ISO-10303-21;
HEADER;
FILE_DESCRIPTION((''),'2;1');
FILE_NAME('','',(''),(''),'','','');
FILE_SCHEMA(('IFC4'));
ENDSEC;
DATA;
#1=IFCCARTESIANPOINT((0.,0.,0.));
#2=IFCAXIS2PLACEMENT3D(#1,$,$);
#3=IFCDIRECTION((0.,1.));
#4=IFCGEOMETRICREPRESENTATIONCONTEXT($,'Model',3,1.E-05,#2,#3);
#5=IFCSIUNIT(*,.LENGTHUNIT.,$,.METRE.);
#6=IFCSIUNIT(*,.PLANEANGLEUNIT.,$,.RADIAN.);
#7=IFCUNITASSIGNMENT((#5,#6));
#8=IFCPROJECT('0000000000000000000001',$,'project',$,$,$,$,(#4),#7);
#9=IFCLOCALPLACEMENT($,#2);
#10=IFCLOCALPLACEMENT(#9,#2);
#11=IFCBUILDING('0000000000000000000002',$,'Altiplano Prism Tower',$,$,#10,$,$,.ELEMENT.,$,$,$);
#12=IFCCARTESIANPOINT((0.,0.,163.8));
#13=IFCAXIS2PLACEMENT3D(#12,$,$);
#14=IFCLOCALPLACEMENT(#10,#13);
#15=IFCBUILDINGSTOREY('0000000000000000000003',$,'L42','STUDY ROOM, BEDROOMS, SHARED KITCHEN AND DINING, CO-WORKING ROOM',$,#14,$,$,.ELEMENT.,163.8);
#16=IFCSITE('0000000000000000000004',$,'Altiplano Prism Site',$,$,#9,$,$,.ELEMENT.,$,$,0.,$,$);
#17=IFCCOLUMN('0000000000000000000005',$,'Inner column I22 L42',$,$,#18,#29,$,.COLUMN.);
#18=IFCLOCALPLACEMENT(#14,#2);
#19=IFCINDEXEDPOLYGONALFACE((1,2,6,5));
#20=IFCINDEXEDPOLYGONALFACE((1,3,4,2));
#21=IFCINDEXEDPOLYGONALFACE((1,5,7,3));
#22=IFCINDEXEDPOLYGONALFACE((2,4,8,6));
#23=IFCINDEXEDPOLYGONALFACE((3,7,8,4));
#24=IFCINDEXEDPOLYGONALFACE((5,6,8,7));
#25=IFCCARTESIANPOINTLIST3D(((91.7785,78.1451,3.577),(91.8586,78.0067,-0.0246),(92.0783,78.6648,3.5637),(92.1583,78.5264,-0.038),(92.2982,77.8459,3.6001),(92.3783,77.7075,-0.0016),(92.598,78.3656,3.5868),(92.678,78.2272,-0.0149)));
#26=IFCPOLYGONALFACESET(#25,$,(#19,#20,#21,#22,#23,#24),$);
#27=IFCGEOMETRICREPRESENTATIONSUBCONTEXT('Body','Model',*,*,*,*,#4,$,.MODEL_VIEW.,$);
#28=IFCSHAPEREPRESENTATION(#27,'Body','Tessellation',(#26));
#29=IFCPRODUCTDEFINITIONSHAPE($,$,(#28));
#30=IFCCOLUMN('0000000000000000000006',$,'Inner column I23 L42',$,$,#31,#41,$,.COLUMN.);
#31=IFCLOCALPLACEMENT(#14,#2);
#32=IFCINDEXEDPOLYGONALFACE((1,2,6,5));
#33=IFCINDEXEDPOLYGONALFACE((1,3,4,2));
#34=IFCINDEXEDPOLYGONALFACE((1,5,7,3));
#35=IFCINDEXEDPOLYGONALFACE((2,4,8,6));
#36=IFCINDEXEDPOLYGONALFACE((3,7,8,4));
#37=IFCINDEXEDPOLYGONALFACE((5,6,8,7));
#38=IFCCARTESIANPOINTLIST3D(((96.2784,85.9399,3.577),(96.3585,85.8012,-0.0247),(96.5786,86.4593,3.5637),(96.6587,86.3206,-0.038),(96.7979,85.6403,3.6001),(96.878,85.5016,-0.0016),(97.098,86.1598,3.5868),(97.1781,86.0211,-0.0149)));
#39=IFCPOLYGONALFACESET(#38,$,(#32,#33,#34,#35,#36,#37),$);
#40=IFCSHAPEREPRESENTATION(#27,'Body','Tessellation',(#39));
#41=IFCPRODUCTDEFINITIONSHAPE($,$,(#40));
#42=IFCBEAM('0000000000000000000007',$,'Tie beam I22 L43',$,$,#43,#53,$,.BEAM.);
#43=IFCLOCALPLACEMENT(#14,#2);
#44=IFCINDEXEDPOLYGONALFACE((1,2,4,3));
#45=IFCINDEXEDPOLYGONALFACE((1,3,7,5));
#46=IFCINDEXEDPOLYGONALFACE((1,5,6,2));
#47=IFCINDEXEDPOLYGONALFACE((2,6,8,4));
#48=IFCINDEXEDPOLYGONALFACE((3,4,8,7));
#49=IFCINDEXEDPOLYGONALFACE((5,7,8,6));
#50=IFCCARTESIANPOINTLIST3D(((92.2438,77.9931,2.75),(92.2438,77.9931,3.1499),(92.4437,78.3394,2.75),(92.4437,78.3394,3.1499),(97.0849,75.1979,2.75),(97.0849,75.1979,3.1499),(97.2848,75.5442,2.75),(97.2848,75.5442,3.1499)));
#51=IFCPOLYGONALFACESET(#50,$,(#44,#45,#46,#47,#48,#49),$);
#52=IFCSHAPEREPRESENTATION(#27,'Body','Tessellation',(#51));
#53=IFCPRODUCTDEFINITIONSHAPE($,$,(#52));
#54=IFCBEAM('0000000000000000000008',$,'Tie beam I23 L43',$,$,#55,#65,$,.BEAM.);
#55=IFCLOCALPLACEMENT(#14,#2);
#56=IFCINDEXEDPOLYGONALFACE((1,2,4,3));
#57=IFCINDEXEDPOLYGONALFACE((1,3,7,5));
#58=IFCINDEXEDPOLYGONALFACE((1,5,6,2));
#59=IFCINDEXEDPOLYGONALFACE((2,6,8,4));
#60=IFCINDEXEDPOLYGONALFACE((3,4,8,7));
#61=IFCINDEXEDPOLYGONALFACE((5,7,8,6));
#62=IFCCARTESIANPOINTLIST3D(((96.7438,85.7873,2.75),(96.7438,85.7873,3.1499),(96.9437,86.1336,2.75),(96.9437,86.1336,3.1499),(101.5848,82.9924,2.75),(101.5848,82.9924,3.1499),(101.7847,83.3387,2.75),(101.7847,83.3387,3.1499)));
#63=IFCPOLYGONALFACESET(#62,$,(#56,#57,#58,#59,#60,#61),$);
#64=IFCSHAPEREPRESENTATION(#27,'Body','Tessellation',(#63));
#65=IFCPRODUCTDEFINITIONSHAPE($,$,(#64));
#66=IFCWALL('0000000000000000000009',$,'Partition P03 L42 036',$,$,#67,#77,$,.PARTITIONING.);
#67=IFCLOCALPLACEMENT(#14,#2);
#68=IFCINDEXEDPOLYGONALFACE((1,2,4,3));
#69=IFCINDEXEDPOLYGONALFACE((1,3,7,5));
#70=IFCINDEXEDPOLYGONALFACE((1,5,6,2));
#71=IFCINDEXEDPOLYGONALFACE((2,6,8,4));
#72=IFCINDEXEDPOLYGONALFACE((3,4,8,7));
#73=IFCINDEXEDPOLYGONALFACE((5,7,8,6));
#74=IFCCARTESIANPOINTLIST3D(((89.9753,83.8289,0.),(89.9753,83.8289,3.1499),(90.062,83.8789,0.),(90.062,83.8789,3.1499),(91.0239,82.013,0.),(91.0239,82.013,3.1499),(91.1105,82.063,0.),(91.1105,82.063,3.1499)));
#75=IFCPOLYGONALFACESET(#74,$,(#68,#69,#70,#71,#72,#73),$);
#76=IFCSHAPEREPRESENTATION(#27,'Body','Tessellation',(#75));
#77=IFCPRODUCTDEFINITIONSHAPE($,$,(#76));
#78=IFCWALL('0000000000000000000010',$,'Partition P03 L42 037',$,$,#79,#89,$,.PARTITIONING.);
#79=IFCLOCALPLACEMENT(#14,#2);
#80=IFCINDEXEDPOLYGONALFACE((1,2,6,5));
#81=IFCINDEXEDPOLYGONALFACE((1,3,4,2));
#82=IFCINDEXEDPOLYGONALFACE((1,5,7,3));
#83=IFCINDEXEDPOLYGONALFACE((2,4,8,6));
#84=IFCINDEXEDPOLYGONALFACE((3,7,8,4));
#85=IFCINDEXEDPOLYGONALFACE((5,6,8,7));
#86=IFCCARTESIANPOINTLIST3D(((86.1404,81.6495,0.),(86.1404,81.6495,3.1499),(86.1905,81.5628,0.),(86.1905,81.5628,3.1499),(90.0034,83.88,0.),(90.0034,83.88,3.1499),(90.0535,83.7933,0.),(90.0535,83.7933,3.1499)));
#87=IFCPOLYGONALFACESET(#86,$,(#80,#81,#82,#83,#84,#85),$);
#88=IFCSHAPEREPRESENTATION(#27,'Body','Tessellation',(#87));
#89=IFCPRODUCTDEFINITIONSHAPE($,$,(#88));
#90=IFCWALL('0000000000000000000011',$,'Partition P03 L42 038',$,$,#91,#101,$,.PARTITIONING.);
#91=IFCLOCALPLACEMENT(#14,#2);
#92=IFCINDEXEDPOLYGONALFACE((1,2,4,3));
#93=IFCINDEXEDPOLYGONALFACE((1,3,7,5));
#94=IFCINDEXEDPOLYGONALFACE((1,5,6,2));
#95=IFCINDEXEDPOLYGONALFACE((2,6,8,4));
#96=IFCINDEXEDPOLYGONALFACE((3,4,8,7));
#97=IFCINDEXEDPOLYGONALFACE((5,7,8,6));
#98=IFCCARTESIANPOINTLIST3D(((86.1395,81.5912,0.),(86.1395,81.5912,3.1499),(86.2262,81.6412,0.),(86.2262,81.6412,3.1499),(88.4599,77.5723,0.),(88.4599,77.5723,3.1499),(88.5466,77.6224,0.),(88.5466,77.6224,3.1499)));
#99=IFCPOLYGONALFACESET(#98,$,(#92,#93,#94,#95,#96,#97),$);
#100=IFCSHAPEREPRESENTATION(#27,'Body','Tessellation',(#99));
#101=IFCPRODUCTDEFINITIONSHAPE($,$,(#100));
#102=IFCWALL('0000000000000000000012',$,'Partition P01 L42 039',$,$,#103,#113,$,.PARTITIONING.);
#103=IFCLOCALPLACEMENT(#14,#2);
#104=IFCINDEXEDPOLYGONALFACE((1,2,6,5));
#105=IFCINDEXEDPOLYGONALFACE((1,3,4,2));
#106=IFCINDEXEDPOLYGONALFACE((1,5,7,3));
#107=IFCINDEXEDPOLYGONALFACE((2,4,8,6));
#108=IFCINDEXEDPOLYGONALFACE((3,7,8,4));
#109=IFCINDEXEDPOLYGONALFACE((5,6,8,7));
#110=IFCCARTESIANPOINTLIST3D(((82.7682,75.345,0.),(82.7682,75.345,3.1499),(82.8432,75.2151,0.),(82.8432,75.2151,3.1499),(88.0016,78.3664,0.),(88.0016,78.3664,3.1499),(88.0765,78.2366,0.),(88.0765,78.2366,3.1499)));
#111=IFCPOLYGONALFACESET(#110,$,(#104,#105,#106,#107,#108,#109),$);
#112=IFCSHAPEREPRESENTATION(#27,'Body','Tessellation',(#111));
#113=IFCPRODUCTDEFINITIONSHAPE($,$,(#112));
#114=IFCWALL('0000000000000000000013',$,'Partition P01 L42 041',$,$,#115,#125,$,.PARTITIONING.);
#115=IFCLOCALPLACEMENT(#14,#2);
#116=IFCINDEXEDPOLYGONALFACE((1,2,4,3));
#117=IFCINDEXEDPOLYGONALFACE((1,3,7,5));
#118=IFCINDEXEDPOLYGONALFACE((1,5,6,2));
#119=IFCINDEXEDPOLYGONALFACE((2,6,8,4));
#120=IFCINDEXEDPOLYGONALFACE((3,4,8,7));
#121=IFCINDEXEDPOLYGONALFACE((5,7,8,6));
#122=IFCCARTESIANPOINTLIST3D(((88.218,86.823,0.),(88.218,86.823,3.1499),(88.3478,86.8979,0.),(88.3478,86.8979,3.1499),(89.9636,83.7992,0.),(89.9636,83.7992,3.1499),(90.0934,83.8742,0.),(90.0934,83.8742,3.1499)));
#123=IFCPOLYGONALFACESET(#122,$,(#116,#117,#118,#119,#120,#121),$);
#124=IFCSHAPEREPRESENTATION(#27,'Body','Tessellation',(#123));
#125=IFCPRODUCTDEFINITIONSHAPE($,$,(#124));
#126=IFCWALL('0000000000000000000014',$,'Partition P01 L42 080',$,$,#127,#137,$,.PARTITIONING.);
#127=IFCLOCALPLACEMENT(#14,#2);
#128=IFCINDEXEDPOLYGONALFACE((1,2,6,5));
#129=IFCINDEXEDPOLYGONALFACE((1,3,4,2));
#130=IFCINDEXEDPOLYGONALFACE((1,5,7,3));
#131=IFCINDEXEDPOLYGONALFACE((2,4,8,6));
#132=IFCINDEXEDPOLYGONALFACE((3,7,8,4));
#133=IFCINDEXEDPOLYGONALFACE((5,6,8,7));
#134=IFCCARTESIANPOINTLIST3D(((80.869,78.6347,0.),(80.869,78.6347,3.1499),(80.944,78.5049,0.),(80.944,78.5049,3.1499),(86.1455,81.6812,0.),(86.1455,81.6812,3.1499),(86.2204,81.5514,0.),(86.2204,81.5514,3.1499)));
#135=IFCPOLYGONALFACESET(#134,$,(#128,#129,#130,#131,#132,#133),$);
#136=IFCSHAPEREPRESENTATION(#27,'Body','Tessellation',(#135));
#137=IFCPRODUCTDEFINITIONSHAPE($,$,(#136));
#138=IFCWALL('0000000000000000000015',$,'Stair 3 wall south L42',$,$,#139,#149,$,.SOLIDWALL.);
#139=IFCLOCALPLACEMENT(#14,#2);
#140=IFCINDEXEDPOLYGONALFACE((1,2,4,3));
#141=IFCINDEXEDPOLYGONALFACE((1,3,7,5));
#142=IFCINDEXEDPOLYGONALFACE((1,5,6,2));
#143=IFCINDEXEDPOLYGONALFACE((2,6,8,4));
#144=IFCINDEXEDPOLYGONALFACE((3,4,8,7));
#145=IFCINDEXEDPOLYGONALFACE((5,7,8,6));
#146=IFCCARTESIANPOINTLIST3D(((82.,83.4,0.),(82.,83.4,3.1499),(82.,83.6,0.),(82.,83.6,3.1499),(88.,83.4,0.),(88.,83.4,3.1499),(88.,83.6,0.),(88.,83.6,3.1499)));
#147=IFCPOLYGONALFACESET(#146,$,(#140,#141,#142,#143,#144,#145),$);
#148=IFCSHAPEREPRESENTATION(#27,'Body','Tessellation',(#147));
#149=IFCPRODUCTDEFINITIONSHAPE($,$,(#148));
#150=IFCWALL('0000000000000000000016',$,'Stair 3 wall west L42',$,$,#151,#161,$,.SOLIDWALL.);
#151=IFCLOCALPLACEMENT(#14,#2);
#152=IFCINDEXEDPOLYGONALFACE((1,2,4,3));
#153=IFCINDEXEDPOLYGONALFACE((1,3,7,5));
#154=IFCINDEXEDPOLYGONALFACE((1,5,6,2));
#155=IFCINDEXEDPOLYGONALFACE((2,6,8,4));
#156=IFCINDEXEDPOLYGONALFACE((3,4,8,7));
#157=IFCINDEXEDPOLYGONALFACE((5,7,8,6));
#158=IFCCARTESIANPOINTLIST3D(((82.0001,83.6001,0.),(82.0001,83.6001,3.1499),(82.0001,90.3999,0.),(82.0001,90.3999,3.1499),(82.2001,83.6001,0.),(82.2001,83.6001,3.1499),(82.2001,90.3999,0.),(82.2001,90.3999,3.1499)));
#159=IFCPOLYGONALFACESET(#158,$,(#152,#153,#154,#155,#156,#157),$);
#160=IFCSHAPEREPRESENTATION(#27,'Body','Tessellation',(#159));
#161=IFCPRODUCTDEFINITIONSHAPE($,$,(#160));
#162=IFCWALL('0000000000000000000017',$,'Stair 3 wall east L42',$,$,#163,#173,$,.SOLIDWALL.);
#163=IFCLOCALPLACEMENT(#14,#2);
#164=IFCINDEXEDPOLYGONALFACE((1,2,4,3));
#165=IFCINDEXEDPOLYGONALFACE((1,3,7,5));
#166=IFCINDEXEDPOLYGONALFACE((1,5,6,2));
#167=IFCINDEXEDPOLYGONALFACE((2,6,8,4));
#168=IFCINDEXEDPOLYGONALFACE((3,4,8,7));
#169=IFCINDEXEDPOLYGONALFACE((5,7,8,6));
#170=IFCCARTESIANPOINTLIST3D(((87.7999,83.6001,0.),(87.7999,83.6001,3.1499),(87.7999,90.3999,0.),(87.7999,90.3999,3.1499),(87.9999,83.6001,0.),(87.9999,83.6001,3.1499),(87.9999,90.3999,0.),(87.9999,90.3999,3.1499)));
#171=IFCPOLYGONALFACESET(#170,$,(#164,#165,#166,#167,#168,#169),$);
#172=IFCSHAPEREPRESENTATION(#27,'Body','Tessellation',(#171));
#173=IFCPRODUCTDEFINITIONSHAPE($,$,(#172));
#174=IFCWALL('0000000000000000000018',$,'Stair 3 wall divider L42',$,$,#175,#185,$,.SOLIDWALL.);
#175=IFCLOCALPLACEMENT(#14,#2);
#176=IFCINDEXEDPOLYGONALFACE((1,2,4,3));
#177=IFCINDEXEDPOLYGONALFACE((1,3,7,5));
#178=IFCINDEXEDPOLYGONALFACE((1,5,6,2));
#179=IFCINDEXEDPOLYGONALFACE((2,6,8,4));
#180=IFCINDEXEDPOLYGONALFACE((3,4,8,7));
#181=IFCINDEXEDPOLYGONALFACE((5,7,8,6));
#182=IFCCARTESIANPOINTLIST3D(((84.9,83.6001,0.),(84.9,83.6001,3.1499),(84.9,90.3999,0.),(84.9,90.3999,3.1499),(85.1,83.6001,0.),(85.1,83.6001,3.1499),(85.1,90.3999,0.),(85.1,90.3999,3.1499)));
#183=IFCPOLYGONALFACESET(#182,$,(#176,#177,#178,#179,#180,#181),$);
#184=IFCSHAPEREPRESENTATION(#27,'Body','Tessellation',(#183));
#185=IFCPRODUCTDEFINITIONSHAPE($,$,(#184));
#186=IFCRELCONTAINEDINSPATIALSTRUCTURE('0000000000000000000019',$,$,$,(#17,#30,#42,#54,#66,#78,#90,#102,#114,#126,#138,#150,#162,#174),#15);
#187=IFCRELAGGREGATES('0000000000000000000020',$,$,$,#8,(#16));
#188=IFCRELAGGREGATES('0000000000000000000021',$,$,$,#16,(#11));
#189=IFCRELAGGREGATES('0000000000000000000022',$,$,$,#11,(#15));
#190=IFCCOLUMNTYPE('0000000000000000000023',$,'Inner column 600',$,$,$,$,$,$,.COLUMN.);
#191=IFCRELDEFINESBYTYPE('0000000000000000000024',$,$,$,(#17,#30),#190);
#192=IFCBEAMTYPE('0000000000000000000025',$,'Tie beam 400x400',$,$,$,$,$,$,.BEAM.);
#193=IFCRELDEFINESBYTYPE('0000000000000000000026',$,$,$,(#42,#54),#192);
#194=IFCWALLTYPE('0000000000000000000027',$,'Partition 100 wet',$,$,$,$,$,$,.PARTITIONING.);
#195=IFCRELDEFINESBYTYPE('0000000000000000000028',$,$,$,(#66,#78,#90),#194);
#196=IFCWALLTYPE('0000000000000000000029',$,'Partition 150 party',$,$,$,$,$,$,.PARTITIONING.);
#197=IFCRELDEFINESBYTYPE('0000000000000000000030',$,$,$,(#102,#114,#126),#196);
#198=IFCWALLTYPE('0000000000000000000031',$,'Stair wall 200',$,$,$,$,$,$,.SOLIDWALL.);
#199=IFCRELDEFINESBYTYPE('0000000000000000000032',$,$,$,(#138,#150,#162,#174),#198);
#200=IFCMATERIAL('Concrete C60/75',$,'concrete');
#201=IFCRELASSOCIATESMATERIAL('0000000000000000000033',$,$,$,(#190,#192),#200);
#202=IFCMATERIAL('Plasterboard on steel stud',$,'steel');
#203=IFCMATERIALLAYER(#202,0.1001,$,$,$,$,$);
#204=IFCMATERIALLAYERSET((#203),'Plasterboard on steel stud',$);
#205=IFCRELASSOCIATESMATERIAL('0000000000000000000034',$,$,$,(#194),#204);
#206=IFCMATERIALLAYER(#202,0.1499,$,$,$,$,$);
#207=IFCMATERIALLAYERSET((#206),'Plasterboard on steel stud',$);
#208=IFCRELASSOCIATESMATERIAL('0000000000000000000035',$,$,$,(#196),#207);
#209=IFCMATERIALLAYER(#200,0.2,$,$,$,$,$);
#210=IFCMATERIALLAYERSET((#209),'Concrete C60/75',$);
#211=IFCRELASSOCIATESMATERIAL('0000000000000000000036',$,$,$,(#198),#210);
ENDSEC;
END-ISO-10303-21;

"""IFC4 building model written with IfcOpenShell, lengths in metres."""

from ifc_helpers import new_model, si_unit, direction, frame, frame_2d, origin, origin_2d, place, context, subcontext, project, spatial, rectangle, extrude, material, layer, layer_set, material_profile, profile_set, type_object, element, save


model = new_model("IFC4")

# Units and contexts
model_context = context("Model", 3, precision=1e-05, world=origin(), true_north=direction((0.0, 1.0)))
body_context = subcontext(model_context, "Body", "Model", "MODEL_VIEW")
ifc_project = project(units=[si_unit("LENGTHUNIT", "METRE"), si_unit("PLANEANGLEUNIT", "RADIAN")], contexts=[model_context])

# Site, building, storey
site_placement = place(None, origin())
site = spatial("IfcSite", under=ifc_project, at=site_placement, Name="Altiplano Prism Site", CompositionType="ELEMENT", RefElevation=0.0)
building_placement = place(site_placement, origin())
building = spatial("IfcBuilding", under=site, at=building_placement, Name="Altiplano Prism Tower", CompositionType="ELEMENT")
storey_placement = place(building_placement, frame((0.0, 0.0, 163.8)))
storey = spatial("IfcBuildingStorey", under=building, at=storey_placement, Name="L42", Description="STUDY ROOM, BEDROOMS, SHARED KITCHEN AND DINING, CO-WORKING ROOM", CompositionType="ELEMENT", Elevation=163.8)

# Columns
ifc_material_1 = material(Name="Concrete C60/75", Category="concrete")
ifc_material_profile_1 = material_profile(ifc_material_1, rectangle(XDim=0.6001, YDim=0.6001, at=origin_2d()), Name="Inner column 600")
ifc_profile_set_1 = profile_set([ifc_material_profile_1], Name="Concrete C60/75")
column_type = type_object("IfcColumnType", Name="Inner column 600", PredefinedType="COLUMN", material=ifc_profile_set_1)
for number, where, z_axis, x_axis, name in (
    (1, (92.2683, 78.1169, -0.0198), (-0.022212, 0.038398, 0.999016), (-0.499513, -0.866023, 0.02218), "Inner column I22 L42"),
    (2, (96.7683, 85.9111, -0.0198), (-0.022212, 0.038465, 0.999013), (-0.500179, -0.865637, 0.022209), "Inner column I23 L42"),
):
    element("IfcColumn", number, at=place(storey_placement, frame(where, z_axis=z_axis, x_axis=x_axis)), inside=storey, type_object=column_type, Name=name, PredefinedType="COLUMN", context=body_context, shape_type="SweptSolid", body=[
        extrude(rectangle(XDim=0.6001, YDim=0.6001, at=origin_2d()), origin(), (0.0, 0.0, 1.0), 3.6052),
    ])

# Beams
ifc_material_profile_2 = material_profile(ifc_material_1, rectangle(XDim=0.3999, YDim=0.3999, at=origin_2d()), Name="Tie beam 400x400")
ifc_profile_set_2 = profile_set([ifc_material_profile_2], Name="Concrete C60/75")
beam_type = type_object("IfcBeamType", Name="Tie beam 400x400", PredefinedType="BEAM", material=ifc_profile_set_2)
beam_1_placement = place(storey_placement, frame((92.3438, 78.1663, 2.95), z_axis=(0.866012, -0.500024, 0.0), x_axis=(0.500024, 0.866012, 0.0)))
element("IfcBeam", 3, at=beam_1_placement, inside=storey, type_object=beam_type, Name="Tie beam I22 L43", PredefinedType="BEAM", context=body_context, shape_type="SweptSolid", body=[
    extrude(rectangle(XDim=0.3999, YDim=0.3999, at=origin_2d()), origin(), (0.0, 0.0, 1.0), 5.5901),
])
beam_2_placement = place(storey_placement, frame((96.8438, 85.9604, 2.95), z_axis=(0.866031, -0.499991, 0.0), x_axis=(0.499991, 0.866031, 0.0)))
element("IfcBeam", 4, at=beam_2_placement, inside=storey, type_object=beam_type, Name="Tie beam I23 L43", PredefinedType="BEAM", context=body_context, shape_type="SweptSolid", body=[
    extrude(rectangle(XDim=0.3999, YDim=0.3999, at=origin_2d()), origin(), (0.0, 0.0, 1.0), 5.5898),
])

# Walls
ifc_material_2 = material(Name="Plasterboard on steel stud", Category="steel")
ifc_layer_1 = layer(ifc_material_2, 0.1001)
ifc_layer_set_1 = layer_set([ifc_layer_1], Name="Plasterboard on steel stud")
wall_type_1 = type_object("IfcWallType", Name="Partition 100 wet", PredefinedType="PARTITIONING", material=ifc_layer_set_1)
wall_1_placement = place(storey_placement, frame((91.0671, 82.0381, 0.0), z_axis=(0.0, 0.0, 1.0), x_axis=(-0.500058, 0.865992, 0.0)))
element("IfcWall", 5, at=wall_1_placement, inside=storey, type_object=wall_type_1, Name="Partition P03 L42 036", PredefinedType="PARTITIONING", context=body_context, shape_type="SweptSolid", body=[
    extrude(rectangle(XDim=2.0969, YDim=0.1001, at=frame_2d((1.0483, 0.0))), origin(), (0.0, 0.0, 1.0), 3.1499),
])
wall_2_placement = place(storey_placement, frame((90.0286, 83.8367, 0.0), z_axis=(0.0, 0.0, 1.0), x_axis=(-0.866011, -0.500024, 0.0)))
element("IfcWall", 6, at=wall_2_placement, inside=storey, type_object=wall_type_1, Name="Partition P03 L42 037", PredefinedType="PARTITIONING", context=body_context, shape_type="SweptSolid", body=[
    extrude(rectangle(XDim=4.4607, YDim=0.1001, at=frame_2d((2.2305, 0.0))), origin(), (0.0, 0.0, 1.0), 3.1499),
])
wall_3_placement = place(storey_placement, frame((86.1829, 81.6162, 0.0), z_axis=(0.0, 0.0, 1.0), x_axis=(0.500009, -0.86602, 0.0)))
element("IfcWall", 7, at=wall_3_placement, inside=storey, type_object=wall_type_1, Name="Partition P03 L42 038", PredefinedType="PARTITIONING", context=body_context, shape_type="SweptSolid", body=[
    extrude(rectangle(XDim=4.6406, YDim=0.1001, at=frame_2d((2.3203, 0.0))), origin(), (0.0, 0.0, 1.0), 3.1499),
])
ifc_layer_2 = layer(ifc_material_2, 0.1499)
ifc_layer_set_2 = layer_set([ifc_layer_2], Name="Plasterboard on steel stud")
wall_type_2 = type_object("IfcWallType", Name="Partition 150 party", PredefinedType="PARTITIONING", material=ifc_layer_set_2)
wall_4_placement = place(storey_placement, frame((88.0391, 78.3015, 0.0), z_axis=(0.0, 0.0, 1.0), x_axis=(-0.866027, -0.499998, 0.0)))
element("IfcWall", 8, at=wall_4_placement, inside=storey, type_object=wall_type_2, Name="Partition P01 L42 039", PredefinedType="PARTITIONING", context=body_context, shape_type="SweptSolid", body=[
    extrude(rectangle(XDim=6.043, YDim=0.1499, at=frame_2d((3.0215, 0.0))), origin(), (0.0, 0.0, 1.0), 3.1499),
])
wall_5_placement = place(storey_placement, frame((88.283, 86.8604, 0.0), z_axis=(0.0, 0.0, 1.0), x_axis=(0.499975, -0.86604, 0.0)))
element("IfcWall", 9, at=wall_5_placement, inside=storey, type_object=wall_type_2, Name="Partition P01 L42 041", PredefinedType="PARTITIONING", context=body_context, shape_type="SweptSolid", body=[
    extrude(rectangle(XDim=3.4915, YDim=0.1499, at=frame_2d((1.7456, 0.0))), origin(), (0.0, 0.0, 1.0), 3.1499),
])
wall_6_placement = place(storey_placement, frame((80.9065, 78.5698, 0.0), z_axis=(0.0, 0.0, 1.0), x_axis=(0.86602, 0.500009, 0.0)))
element("IfcWall", 10, at=wall_6_placement, inside=storey, type_object=wall_type_2, Name="Partition P01 L42 080", PredefinedType="PARTITIONING", context=body_context, shape_type="SweptSolid", body=[
    extrude(rectangle(XDim=6.0928, YDim=0.1499, at=frame_2d((3.0464, 0.0))), origin(), (0.0, 0.0, 1.0), 3.1499),
])
ifc_layer_3 = layer(ifc_material_1, 0.2)
ifc_layer_set_3 = layer_set([ifc_layer_3], Name="Concrete C60/75")
wall_type_3 = type_object("IfcWallType", Name="Stair wall 200", PredefinedType="SOLIDWALL", material=ifc_layer_set_3)
wall_7_placement = place(storey_placement, frame((82.0, 83.5, 0.0), z_axis=(0.0, 0.0, 1.0), x_axis=(1.0, 0.0, 0.0)))
element("IfcWall", 11, at=wall_7_placement, inside=storey, type_object=wall_type_3, Name="Stair 3 wall south L42", PredefinedType="SOLIDWALL", context=body_context, shape_type="SweptSolid", body=[
    extrude(rectangle(XDim=6.0, YDim=0.2, at=frame_2d((3.0, 0.0))), origin(), (0.0, 0.0, 1.0), 3.1499),
])
for number, where, z_axis, x_axis, name in (
    (12, (82.1001, 83.6001, 0.0), (0.0, 0.0, 1.0), (0.0, 1.0, 0.0), "Stair 3 wall west L42"),
    (13, (87.8999, 83.6001, 0.0), (0.0, 0.0, 1.0), (0.0, 1.0, 0.0), "Stair 3 wall east L42"),
    (14, (85.0, 83.6001, 0.0), (0.0, 0.0, 1.0), (0.0, 1.0, 0.0), "Stair 3 wall divider L42"),
):
    element("IfcWall", number, at=place(storey_placement, frame(where, z_axis=z_axis, x_axis=x_axis)), inside=storey, type_object=wall_type_3, Name=name, PredefinedType="SOLIDWALL", context=body_context, shape_type="SweptSolid", body=[
        extrude(rectangle(XDim=6.7998, YDim=0.2, at=frame_2d((3.3999, 0.0))), origin(), (0.0, 0.0, 1.0), 3.1499),
    ])

save(model, "model.ifc")
